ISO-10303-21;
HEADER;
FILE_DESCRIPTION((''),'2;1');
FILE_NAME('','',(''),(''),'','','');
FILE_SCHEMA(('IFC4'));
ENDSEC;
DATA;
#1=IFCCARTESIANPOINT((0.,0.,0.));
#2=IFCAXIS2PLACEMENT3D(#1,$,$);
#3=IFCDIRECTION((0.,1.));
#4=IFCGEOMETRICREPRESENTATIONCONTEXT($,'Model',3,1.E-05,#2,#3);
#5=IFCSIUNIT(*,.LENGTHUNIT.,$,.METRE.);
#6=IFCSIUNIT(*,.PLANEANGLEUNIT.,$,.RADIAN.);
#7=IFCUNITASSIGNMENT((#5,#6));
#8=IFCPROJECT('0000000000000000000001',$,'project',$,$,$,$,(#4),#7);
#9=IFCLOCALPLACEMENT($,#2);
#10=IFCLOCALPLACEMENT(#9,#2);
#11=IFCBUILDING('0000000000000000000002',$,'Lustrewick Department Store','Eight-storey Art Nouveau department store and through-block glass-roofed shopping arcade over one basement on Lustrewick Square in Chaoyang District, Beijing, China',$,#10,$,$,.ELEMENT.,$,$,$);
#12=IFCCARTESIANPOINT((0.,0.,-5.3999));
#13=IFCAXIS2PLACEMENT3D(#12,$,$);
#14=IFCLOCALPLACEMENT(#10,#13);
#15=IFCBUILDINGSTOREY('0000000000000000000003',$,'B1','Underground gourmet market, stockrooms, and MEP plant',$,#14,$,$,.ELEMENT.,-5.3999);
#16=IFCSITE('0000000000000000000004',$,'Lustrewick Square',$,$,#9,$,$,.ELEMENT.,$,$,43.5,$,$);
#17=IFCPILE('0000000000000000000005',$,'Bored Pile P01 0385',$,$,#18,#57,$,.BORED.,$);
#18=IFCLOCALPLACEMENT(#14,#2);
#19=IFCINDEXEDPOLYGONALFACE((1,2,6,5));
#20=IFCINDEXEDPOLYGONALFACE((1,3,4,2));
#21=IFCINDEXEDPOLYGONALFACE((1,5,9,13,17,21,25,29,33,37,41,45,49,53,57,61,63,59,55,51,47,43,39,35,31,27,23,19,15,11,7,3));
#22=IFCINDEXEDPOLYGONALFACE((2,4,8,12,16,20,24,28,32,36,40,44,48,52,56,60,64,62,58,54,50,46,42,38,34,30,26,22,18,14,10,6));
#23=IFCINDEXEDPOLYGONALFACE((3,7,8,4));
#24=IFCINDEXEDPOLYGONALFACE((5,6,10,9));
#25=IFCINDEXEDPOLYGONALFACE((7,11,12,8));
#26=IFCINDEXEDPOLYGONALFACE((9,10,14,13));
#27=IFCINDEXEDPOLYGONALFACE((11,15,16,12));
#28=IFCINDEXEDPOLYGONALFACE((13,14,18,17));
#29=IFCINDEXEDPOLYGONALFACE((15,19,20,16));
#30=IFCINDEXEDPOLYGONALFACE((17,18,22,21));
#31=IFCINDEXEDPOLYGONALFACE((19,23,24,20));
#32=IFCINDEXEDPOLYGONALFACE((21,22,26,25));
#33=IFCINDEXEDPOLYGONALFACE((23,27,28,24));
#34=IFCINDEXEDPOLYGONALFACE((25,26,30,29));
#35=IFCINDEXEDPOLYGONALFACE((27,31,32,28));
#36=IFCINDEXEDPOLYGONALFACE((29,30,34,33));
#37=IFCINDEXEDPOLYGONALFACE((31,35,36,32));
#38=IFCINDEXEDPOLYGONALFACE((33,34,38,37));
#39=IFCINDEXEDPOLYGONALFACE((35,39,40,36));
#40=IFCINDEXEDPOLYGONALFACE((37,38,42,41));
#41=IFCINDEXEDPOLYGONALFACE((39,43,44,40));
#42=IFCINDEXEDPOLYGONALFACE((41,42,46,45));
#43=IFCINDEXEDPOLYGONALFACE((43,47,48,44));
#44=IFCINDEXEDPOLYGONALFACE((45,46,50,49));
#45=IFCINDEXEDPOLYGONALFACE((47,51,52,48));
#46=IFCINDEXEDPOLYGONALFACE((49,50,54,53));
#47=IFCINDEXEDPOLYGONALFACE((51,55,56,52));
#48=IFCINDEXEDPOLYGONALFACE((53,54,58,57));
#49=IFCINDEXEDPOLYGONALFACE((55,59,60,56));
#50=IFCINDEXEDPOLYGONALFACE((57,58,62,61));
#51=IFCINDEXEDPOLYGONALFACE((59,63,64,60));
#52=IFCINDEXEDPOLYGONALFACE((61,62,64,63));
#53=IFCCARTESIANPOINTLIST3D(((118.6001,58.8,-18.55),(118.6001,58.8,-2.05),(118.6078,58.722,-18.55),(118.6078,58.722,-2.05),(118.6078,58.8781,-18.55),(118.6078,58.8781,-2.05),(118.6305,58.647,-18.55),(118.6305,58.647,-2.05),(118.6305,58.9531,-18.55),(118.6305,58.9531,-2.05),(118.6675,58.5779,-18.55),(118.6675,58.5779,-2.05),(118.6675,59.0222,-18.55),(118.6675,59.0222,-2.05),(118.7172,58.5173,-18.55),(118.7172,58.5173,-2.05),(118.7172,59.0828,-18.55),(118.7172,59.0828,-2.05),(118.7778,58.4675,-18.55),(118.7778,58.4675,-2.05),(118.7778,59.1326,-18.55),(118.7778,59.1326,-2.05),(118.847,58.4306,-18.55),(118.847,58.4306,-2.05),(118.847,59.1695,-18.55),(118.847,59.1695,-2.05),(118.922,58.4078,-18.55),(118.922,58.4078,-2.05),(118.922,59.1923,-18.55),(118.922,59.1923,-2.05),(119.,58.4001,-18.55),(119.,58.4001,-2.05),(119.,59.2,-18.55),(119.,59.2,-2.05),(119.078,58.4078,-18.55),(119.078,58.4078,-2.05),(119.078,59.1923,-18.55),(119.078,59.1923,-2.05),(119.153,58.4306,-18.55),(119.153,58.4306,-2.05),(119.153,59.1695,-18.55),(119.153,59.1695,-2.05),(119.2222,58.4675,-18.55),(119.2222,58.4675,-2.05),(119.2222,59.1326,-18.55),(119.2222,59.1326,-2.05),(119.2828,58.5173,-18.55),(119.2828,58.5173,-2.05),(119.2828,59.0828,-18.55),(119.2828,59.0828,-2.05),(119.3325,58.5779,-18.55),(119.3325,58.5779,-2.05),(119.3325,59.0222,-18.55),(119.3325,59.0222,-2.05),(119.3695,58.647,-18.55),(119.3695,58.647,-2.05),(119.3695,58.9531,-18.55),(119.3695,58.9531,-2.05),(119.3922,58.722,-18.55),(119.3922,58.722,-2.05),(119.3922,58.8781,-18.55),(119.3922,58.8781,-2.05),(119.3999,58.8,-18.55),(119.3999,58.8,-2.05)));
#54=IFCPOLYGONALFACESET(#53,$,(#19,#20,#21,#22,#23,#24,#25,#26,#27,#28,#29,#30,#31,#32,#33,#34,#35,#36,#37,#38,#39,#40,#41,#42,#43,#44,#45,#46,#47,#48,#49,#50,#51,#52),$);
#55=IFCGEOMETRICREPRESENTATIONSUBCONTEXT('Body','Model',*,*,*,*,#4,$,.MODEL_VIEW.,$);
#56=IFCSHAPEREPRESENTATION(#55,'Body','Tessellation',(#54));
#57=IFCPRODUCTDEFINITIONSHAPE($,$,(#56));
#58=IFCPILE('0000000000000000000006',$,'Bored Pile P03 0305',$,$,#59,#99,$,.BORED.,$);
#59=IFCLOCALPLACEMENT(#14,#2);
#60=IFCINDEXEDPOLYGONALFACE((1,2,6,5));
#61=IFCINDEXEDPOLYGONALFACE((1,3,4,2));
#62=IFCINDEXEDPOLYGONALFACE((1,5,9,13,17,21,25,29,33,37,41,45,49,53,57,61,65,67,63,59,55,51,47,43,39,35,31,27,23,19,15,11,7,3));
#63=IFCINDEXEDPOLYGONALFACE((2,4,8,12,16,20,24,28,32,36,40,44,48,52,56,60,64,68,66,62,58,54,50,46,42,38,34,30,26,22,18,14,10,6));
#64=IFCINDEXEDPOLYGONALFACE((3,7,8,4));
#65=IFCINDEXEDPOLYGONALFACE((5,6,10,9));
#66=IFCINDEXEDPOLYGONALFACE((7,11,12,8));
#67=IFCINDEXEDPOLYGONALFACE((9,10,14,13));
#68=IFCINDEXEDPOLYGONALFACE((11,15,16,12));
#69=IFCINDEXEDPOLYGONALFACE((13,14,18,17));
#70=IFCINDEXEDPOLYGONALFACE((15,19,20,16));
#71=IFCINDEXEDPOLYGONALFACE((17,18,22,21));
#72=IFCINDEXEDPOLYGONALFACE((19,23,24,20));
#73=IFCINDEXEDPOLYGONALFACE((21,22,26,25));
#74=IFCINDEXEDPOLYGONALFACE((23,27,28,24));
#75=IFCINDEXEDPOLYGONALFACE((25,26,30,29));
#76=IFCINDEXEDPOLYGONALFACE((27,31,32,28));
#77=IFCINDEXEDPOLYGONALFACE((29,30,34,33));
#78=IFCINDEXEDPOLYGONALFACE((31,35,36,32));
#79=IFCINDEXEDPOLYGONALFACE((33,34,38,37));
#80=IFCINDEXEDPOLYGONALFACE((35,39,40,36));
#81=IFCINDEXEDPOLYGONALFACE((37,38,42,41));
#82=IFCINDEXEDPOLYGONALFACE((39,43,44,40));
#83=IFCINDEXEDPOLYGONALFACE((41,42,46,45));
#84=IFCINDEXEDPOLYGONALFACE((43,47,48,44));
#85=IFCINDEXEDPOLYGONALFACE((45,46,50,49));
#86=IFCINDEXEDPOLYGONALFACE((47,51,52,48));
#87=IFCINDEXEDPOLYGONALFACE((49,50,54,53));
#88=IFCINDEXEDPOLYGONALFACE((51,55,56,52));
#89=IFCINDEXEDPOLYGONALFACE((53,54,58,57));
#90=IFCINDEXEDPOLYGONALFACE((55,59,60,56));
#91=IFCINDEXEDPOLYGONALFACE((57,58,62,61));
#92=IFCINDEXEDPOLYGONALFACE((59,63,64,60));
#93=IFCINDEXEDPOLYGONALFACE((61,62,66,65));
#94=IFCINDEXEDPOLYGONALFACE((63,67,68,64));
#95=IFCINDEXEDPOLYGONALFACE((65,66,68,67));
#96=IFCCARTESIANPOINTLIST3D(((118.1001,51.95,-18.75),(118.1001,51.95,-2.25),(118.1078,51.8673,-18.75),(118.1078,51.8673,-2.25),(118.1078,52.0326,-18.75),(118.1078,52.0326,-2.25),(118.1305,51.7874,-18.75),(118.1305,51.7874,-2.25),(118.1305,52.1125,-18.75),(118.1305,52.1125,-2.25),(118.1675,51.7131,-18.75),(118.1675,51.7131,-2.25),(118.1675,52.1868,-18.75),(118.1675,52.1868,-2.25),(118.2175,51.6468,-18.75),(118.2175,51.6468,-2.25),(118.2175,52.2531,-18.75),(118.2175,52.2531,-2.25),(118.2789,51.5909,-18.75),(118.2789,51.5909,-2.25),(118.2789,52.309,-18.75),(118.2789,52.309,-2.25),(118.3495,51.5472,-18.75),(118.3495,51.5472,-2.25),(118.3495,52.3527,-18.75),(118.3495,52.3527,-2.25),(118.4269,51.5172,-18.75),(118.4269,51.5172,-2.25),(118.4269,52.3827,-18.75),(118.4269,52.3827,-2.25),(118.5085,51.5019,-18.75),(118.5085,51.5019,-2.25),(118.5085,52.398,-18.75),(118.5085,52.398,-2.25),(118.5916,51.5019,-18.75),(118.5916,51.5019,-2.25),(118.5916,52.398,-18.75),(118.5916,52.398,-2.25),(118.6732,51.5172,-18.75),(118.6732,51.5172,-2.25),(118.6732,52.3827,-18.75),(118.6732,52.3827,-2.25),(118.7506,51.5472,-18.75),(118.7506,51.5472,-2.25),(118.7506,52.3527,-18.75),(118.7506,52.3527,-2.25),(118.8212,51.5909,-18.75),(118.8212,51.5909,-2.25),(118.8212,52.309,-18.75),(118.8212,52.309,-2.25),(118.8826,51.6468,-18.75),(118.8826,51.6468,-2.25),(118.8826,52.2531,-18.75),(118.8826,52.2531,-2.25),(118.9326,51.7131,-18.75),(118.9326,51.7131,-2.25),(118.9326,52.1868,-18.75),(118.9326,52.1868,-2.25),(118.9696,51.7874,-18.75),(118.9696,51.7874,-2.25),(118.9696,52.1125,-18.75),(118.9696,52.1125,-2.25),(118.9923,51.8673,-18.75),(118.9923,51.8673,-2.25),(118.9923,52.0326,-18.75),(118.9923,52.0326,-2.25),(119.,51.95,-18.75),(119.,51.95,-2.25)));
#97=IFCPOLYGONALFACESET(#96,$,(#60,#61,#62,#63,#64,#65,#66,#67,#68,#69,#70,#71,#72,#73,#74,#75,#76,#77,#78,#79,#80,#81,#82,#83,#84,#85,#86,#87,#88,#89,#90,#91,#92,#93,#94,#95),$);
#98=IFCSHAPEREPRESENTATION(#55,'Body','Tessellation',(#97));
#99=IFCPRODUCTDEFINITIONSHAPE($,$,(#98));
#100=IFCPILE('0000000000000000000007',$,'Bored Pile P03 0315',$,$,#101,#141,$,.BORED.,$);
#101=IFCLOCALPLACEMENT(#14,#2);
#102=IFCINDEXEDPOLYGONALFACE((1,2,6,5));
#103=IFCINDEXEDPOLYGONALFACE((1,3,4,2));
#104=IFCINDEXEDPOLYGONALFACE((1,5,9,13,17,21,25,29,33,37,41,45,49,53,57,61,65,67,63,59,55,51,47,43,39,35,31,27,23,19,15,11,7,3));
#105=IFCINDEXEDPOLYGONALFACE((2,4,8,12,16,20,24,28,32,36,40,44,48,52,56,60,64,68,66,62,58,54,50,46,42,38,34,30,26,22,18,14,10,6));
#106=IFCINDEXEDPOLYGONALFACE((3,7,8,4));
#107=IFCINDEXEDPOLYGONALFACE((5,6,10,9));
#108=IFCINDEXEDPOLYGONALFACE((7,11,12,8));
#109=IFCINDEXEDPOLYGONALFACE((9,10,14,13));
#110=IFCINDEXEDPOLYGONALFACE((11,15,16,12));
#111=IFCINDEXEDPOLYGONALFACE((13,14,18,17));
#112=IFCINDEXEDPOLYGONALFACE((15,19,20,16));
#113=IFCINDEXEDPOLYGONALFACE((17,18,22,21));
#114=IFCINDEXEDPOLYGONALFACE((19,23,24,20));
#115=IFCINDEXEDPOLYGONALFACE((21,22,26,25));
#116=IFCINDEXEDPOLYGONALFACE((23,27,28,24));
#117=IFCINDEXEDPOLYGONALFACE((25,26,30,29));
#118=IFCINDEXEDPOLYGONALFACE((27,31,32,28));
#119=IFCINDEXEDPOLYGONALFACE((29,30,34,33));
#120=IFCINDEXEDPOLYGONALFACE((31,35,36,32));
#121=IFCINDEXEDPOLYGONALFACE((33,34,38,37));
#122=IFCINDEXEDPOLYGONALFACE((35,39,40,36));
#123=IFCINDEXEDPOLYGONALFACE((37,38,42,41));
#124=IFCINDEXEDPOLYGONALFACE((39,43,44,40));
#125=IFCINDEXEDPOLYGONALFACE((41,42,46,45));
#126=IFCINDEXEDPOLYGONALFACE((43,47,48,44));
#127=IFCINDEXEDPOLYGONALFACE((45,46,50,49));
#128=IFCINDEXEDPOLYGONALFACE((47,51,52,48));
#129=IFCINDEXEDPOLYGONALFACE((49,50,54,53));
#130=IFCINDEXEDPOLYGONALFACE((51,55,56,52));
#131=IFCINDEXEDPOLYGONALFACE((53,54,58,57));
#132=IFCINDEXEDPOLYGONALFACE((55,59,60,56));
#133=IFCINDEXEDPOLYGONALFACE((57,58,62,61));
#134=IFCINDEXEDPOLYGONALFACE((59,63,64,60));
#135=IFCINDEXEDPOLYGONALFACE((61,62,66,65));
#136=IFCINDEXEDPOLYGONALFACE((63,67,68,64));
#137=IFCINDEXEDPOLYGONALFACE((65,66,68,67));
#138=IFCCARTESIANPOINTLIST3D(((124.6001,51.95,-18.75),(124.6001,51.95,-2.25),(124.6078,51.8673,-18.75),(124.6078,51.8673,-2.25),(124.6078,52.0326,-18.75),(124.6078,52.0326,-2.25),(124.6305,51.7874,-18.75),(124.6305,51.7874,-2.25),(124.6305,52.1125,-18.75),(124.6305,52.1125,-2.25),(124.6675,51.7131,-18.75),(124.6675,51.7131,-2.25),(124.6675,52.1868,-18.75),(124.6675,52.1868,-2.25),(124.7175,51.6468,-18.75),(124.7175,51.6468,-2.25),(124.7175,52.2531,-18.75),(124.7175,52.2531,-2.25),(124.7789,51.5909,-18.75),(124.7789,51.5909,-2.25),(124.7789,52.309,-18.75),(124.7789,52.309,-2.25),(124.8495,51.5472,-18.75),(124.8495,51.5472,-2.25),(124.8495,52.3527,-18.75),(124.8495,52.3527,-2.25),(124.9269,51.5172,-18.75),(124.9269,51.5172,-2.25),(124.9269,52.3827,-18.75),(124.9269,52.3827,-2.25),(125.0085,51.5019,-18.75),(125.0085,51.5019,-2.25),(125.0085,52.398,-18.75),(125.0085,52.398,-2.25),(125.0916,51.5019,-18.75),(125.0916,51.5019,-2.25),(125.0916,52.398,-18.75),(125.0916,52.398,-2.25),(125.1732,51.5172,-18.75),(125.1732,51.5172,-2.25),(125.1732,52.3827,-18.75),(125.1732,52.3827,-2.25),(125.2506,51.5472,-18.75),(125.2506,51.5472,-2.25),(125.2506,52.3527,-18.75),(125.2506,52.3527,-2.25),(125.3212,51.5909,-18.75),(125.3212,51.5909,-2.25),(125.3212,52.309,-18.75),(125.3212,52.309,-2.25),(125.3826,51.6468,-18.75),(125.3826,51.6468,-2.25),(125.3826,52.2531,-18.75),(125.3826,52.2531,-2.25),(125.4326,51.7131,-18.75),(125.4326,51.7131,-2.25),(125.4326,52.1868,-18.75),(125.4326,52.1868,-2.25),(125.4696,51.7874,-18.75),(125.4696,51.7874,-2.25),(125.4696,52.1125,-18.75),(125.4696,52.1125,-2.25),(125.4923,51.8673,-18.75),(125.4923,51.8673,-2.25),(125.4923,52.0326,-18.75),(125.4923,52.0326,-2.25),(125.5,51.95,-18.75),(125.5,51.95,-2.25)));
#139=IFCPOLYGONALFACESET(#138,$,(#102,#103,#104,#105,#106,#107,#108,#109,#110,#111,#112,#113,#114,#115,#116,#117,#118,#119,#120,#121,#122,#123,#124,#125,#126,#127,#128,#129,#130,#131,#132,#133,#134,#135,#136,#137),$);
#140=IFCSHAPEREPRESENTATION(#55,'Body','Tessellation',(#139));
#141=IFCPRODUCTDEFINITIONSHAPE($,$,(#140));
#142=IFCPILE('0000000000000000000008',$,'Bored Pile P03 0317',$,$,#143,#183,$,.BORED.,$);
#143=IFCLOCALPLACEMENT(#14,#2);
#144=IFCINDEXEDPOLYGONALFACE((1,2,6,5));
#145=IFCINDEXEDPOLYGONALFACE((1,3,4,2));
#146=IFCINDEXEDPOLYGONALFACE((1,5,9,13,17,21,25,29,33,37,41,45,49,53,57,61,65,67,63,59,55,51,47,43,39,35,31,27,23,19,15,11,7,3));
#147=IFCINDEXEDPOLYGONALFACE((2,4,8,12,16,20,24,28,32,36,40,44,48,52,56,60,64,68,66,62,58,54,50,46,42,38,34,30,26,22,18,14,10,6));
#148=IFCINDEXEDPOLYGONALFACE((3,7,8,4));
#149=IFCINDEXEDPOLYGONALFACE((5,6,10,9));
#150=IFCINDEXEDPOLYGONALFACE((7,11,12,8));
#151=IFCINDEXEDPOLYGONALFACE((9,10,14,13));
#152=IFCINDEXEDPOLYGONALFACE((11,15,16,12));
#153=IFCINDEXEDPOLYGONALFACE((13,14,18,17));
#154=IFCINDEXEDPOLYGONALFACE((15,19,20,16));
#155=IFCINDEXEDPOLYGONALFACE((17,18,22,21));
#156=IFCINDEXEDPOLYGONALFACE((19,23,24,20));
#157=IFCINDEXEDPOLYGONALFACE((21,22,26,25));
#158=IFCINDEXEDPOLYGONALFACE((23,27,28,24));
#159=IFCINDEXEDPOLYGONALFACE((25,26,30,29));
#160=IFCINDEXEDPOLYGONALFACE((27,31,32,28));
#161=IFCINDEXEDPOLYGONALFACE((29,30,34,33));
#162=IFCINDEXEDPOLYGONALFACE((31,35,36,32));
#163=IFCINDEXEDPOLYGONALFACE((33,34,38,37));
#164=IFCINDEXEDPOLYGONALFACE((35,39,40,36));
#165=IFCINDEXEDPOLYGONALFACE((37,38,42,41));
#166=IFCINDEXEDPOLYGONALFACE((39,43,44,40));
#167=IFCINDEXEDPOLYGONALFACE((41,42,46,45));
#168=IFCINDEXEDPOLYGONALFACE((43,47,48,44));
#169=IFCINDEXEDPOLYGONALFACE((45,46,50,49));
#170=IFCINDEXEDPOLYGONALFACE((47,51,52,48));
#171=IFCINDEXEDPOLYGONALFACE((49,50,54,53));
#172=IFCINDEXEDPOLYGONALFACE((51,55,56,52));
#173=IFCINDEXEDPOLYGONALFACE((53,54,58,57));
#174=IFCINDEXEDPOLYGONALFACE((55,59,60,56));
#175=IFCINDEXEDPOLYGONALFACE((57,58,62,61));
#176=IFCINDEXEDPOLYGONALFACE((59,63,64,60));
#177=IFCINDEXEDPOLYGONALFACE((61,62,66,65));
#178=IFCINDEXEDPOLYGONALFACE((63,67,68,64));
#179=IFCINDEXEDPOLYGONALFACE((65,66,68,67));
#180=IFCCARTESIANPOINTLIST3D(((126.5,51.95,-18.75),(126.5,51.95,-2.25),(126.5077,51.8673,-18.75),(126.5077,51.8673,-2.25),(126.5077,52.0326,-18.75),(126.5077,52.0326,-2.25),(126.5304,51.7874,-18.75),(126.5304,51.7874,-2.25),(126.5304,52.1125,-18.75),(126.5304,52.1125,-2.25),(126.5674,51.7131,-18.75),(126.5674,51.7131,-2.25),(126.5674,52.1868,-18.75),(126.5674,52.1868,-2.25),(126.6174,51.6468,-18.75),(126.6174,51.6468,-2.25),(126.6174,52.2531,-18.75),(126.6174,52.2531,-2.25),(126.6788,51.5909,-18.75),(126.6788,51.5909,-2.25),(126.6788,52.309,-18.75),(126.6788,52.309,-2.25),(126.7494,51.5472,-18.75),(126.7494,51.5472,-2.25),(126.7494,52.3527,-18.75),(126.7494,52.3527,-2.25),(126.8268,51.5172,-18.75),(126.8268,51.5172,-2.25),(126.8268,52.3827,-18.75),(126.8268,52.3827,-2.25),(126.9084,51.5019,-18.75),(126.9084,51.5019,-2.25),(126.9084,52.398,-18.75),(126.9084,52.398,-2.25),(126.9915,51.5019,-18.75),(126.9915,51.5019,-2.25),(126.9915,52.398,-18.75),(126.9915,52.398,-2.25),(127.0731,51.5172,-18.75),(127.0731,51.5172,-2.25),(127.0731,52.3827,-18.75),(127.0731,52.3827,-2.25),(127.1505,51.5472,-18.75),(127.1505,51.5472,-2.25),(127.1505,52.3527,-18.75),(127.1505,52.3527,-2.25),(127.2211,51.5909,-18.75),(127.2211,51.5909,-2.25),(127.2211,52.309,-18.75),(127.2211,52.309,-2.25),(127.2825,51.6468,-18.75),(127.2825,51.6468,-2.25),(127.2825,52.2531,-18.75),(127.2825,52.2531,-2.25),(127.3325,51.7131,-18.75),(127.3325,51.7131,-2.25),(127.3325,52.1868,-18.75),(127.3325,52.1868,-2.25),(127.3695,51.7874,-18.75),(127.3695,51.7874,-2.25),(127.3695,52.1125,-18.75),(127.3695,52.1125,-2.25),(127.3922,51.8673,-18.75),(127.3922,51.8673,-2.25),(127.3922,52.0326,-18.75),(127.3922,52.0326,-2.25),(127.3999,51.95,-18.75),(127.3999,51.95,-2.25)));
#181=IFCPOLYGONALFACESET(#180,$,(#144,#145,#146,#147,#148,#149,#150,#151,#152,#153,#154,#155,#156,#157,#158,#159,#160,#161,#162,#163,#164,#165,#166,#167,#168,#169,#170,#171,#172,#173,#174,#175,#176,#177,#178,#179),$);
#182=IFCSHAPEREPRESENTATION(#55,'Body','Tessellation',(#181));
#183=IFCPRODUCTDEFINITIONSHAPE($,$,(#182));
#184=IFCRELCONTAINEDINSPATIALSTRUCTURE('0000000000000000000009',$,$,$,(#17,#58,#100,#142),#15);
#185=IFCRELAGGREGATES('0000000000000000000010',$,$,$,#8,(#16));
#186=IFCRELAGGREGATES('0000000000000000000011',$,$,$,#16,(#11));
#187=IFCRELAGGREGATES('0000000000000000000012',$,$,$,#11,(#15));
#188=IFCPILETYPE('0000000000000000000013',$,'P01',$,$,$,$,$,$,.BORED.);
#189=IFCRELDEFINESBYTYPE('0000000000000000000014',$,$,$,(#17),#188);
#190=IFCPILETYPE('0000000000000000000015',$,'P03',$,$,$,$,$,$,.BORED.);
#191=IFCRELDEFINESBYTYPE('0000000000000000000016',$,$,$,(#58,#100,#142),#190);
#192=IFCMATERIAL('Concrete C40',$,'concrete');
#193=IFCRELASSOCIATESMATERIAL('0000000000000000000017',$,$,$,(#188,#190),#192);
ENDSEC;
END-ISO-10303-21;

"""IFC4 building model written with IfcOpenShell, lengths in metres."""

from ifc_helpers import new_model, si_unit, direction, frame, origin, origin_2d, place, context, subcontext, project, spatial, circle, extrude, material, material_profile, profile_set, type_object, element, save


model = new_model("IFC4")

# Units and contexts
model_context = context("Model", 3, precision=1e-05, world=origin(), true_north=direction((0.0, 1.0)))
body_context = subcontext(model_context, "Body", "Model", "MODEL_VIEW")
ifc_project = project(units=[si_unit("LENGTHUNIT", "METRE"), si_unit("PLANEANGLEUNIT", "RADIAN")], contexts=[model_context])

# Site, building, storey
site_placement = place(None, origin())
site = spatial("IfcSite", under=ifc_project, at=site_placement, Name="Lustrewick Square", CompositionType="ELEMENT", RefElevation=43.5)
building_placement = place(site_placement, origin())
building = spatial("IfcBuilding", under=site, at=building_placement, Name="Lustrewick Department Store", Description="Eight-storey Art Nouveau department store and through-block glass-roofed shopping arcade over one basement on Lustrewick Square in Chaoyang District, Beijing, China", CompositionType="ELEMENT")
storey_placement = place(building_placement, frame((0.0, 0.0, -5.3999)))
storey = spatial("IfcBuildingStorey", under=building, at=storey_placement, Name="B1", Description="Underground gourmet market, stockrooms, and MEP plant", CompositionType="ELEMENT", Elevation=-5.3999)

# Piles
ifc_material_1 = material(Name="Concrete C40", Category="concrete")
ifc_material_profile_1 = material_profile(ifc_material_1, circle(Radius=0.3999, at=origin_2d()), Name="PILE D800")
ifc_profile_set_1 = profile_set([ifc_material_profile_1], Name="Concrete C40")
pile_type_1 = type_object("IfcPileType", Name="P01", PredefinedType="BORED", material=ifc_profile_set_1)
pile_1_placement = place(storey_placement, frame((119.0, 58.8, -2.05), z_axis=(0.0, 0.0, -1.0), x_axis=(1.0, 0.0, 0.0)))
element("IfcPile", 1, at=pile_1_placement, inside=storey, type_object=pile_type_1, Name="Bored Pile P01 0385", PredefinedType="BORED", context=body_context, shape_type="SweptSolid", body=[
    extrude(circle(Radius=0.3999, at=origin_2d()), origin(), (0.0, 0.0, 1.0), 16.5),
])
ifc_material_profile_2 = material_profile(ifc_material_1, circle(Radius=0.45, at=origin_2d()), Name="PILE D900")
ifc_profile_set_2 = profile_set([ifc_material_profile_2], Name="Concrete C40")
pile_type_2 = type_object("IfcPileType", Name="P03", PredefinedType="BORED", material=ifc_profile_set_2)
for number, where, z_axis, x_axis, name in (
    (2, (118.55, 51.95, -2.25), (0.0, 0.0, -1.0), (1.0, 0.0, 0.0), "Bored Pile P03 0305"),
    (3, (125.05, 51.95, -2.25), (0.0, 0.0, -1.0), (1.0, 0.0, 0.0), "Bored Pile P03 0315"),
    (4, (126.95, 51.95, -2.25), (0.0, 0.0, -1.0), (1.0, 0.0, 0.0), "Bored Pile P03 0317"),
):
    element("IfcPile", number, at=place(storey_placement, frame(where, z_axis=z_axis, x_axis=x_axis)), inside=storey, type_object=pile_type_2, Name=name, PredefinedType="BORED", context=body_context, shape_type="SweptSolid", body=[
        extrude(circle(Radius=0.45, at=origin_2d()), origin(), (0.0, 0.0, 1.0), 16.5),
    ])

save(model, "model.ifc")
